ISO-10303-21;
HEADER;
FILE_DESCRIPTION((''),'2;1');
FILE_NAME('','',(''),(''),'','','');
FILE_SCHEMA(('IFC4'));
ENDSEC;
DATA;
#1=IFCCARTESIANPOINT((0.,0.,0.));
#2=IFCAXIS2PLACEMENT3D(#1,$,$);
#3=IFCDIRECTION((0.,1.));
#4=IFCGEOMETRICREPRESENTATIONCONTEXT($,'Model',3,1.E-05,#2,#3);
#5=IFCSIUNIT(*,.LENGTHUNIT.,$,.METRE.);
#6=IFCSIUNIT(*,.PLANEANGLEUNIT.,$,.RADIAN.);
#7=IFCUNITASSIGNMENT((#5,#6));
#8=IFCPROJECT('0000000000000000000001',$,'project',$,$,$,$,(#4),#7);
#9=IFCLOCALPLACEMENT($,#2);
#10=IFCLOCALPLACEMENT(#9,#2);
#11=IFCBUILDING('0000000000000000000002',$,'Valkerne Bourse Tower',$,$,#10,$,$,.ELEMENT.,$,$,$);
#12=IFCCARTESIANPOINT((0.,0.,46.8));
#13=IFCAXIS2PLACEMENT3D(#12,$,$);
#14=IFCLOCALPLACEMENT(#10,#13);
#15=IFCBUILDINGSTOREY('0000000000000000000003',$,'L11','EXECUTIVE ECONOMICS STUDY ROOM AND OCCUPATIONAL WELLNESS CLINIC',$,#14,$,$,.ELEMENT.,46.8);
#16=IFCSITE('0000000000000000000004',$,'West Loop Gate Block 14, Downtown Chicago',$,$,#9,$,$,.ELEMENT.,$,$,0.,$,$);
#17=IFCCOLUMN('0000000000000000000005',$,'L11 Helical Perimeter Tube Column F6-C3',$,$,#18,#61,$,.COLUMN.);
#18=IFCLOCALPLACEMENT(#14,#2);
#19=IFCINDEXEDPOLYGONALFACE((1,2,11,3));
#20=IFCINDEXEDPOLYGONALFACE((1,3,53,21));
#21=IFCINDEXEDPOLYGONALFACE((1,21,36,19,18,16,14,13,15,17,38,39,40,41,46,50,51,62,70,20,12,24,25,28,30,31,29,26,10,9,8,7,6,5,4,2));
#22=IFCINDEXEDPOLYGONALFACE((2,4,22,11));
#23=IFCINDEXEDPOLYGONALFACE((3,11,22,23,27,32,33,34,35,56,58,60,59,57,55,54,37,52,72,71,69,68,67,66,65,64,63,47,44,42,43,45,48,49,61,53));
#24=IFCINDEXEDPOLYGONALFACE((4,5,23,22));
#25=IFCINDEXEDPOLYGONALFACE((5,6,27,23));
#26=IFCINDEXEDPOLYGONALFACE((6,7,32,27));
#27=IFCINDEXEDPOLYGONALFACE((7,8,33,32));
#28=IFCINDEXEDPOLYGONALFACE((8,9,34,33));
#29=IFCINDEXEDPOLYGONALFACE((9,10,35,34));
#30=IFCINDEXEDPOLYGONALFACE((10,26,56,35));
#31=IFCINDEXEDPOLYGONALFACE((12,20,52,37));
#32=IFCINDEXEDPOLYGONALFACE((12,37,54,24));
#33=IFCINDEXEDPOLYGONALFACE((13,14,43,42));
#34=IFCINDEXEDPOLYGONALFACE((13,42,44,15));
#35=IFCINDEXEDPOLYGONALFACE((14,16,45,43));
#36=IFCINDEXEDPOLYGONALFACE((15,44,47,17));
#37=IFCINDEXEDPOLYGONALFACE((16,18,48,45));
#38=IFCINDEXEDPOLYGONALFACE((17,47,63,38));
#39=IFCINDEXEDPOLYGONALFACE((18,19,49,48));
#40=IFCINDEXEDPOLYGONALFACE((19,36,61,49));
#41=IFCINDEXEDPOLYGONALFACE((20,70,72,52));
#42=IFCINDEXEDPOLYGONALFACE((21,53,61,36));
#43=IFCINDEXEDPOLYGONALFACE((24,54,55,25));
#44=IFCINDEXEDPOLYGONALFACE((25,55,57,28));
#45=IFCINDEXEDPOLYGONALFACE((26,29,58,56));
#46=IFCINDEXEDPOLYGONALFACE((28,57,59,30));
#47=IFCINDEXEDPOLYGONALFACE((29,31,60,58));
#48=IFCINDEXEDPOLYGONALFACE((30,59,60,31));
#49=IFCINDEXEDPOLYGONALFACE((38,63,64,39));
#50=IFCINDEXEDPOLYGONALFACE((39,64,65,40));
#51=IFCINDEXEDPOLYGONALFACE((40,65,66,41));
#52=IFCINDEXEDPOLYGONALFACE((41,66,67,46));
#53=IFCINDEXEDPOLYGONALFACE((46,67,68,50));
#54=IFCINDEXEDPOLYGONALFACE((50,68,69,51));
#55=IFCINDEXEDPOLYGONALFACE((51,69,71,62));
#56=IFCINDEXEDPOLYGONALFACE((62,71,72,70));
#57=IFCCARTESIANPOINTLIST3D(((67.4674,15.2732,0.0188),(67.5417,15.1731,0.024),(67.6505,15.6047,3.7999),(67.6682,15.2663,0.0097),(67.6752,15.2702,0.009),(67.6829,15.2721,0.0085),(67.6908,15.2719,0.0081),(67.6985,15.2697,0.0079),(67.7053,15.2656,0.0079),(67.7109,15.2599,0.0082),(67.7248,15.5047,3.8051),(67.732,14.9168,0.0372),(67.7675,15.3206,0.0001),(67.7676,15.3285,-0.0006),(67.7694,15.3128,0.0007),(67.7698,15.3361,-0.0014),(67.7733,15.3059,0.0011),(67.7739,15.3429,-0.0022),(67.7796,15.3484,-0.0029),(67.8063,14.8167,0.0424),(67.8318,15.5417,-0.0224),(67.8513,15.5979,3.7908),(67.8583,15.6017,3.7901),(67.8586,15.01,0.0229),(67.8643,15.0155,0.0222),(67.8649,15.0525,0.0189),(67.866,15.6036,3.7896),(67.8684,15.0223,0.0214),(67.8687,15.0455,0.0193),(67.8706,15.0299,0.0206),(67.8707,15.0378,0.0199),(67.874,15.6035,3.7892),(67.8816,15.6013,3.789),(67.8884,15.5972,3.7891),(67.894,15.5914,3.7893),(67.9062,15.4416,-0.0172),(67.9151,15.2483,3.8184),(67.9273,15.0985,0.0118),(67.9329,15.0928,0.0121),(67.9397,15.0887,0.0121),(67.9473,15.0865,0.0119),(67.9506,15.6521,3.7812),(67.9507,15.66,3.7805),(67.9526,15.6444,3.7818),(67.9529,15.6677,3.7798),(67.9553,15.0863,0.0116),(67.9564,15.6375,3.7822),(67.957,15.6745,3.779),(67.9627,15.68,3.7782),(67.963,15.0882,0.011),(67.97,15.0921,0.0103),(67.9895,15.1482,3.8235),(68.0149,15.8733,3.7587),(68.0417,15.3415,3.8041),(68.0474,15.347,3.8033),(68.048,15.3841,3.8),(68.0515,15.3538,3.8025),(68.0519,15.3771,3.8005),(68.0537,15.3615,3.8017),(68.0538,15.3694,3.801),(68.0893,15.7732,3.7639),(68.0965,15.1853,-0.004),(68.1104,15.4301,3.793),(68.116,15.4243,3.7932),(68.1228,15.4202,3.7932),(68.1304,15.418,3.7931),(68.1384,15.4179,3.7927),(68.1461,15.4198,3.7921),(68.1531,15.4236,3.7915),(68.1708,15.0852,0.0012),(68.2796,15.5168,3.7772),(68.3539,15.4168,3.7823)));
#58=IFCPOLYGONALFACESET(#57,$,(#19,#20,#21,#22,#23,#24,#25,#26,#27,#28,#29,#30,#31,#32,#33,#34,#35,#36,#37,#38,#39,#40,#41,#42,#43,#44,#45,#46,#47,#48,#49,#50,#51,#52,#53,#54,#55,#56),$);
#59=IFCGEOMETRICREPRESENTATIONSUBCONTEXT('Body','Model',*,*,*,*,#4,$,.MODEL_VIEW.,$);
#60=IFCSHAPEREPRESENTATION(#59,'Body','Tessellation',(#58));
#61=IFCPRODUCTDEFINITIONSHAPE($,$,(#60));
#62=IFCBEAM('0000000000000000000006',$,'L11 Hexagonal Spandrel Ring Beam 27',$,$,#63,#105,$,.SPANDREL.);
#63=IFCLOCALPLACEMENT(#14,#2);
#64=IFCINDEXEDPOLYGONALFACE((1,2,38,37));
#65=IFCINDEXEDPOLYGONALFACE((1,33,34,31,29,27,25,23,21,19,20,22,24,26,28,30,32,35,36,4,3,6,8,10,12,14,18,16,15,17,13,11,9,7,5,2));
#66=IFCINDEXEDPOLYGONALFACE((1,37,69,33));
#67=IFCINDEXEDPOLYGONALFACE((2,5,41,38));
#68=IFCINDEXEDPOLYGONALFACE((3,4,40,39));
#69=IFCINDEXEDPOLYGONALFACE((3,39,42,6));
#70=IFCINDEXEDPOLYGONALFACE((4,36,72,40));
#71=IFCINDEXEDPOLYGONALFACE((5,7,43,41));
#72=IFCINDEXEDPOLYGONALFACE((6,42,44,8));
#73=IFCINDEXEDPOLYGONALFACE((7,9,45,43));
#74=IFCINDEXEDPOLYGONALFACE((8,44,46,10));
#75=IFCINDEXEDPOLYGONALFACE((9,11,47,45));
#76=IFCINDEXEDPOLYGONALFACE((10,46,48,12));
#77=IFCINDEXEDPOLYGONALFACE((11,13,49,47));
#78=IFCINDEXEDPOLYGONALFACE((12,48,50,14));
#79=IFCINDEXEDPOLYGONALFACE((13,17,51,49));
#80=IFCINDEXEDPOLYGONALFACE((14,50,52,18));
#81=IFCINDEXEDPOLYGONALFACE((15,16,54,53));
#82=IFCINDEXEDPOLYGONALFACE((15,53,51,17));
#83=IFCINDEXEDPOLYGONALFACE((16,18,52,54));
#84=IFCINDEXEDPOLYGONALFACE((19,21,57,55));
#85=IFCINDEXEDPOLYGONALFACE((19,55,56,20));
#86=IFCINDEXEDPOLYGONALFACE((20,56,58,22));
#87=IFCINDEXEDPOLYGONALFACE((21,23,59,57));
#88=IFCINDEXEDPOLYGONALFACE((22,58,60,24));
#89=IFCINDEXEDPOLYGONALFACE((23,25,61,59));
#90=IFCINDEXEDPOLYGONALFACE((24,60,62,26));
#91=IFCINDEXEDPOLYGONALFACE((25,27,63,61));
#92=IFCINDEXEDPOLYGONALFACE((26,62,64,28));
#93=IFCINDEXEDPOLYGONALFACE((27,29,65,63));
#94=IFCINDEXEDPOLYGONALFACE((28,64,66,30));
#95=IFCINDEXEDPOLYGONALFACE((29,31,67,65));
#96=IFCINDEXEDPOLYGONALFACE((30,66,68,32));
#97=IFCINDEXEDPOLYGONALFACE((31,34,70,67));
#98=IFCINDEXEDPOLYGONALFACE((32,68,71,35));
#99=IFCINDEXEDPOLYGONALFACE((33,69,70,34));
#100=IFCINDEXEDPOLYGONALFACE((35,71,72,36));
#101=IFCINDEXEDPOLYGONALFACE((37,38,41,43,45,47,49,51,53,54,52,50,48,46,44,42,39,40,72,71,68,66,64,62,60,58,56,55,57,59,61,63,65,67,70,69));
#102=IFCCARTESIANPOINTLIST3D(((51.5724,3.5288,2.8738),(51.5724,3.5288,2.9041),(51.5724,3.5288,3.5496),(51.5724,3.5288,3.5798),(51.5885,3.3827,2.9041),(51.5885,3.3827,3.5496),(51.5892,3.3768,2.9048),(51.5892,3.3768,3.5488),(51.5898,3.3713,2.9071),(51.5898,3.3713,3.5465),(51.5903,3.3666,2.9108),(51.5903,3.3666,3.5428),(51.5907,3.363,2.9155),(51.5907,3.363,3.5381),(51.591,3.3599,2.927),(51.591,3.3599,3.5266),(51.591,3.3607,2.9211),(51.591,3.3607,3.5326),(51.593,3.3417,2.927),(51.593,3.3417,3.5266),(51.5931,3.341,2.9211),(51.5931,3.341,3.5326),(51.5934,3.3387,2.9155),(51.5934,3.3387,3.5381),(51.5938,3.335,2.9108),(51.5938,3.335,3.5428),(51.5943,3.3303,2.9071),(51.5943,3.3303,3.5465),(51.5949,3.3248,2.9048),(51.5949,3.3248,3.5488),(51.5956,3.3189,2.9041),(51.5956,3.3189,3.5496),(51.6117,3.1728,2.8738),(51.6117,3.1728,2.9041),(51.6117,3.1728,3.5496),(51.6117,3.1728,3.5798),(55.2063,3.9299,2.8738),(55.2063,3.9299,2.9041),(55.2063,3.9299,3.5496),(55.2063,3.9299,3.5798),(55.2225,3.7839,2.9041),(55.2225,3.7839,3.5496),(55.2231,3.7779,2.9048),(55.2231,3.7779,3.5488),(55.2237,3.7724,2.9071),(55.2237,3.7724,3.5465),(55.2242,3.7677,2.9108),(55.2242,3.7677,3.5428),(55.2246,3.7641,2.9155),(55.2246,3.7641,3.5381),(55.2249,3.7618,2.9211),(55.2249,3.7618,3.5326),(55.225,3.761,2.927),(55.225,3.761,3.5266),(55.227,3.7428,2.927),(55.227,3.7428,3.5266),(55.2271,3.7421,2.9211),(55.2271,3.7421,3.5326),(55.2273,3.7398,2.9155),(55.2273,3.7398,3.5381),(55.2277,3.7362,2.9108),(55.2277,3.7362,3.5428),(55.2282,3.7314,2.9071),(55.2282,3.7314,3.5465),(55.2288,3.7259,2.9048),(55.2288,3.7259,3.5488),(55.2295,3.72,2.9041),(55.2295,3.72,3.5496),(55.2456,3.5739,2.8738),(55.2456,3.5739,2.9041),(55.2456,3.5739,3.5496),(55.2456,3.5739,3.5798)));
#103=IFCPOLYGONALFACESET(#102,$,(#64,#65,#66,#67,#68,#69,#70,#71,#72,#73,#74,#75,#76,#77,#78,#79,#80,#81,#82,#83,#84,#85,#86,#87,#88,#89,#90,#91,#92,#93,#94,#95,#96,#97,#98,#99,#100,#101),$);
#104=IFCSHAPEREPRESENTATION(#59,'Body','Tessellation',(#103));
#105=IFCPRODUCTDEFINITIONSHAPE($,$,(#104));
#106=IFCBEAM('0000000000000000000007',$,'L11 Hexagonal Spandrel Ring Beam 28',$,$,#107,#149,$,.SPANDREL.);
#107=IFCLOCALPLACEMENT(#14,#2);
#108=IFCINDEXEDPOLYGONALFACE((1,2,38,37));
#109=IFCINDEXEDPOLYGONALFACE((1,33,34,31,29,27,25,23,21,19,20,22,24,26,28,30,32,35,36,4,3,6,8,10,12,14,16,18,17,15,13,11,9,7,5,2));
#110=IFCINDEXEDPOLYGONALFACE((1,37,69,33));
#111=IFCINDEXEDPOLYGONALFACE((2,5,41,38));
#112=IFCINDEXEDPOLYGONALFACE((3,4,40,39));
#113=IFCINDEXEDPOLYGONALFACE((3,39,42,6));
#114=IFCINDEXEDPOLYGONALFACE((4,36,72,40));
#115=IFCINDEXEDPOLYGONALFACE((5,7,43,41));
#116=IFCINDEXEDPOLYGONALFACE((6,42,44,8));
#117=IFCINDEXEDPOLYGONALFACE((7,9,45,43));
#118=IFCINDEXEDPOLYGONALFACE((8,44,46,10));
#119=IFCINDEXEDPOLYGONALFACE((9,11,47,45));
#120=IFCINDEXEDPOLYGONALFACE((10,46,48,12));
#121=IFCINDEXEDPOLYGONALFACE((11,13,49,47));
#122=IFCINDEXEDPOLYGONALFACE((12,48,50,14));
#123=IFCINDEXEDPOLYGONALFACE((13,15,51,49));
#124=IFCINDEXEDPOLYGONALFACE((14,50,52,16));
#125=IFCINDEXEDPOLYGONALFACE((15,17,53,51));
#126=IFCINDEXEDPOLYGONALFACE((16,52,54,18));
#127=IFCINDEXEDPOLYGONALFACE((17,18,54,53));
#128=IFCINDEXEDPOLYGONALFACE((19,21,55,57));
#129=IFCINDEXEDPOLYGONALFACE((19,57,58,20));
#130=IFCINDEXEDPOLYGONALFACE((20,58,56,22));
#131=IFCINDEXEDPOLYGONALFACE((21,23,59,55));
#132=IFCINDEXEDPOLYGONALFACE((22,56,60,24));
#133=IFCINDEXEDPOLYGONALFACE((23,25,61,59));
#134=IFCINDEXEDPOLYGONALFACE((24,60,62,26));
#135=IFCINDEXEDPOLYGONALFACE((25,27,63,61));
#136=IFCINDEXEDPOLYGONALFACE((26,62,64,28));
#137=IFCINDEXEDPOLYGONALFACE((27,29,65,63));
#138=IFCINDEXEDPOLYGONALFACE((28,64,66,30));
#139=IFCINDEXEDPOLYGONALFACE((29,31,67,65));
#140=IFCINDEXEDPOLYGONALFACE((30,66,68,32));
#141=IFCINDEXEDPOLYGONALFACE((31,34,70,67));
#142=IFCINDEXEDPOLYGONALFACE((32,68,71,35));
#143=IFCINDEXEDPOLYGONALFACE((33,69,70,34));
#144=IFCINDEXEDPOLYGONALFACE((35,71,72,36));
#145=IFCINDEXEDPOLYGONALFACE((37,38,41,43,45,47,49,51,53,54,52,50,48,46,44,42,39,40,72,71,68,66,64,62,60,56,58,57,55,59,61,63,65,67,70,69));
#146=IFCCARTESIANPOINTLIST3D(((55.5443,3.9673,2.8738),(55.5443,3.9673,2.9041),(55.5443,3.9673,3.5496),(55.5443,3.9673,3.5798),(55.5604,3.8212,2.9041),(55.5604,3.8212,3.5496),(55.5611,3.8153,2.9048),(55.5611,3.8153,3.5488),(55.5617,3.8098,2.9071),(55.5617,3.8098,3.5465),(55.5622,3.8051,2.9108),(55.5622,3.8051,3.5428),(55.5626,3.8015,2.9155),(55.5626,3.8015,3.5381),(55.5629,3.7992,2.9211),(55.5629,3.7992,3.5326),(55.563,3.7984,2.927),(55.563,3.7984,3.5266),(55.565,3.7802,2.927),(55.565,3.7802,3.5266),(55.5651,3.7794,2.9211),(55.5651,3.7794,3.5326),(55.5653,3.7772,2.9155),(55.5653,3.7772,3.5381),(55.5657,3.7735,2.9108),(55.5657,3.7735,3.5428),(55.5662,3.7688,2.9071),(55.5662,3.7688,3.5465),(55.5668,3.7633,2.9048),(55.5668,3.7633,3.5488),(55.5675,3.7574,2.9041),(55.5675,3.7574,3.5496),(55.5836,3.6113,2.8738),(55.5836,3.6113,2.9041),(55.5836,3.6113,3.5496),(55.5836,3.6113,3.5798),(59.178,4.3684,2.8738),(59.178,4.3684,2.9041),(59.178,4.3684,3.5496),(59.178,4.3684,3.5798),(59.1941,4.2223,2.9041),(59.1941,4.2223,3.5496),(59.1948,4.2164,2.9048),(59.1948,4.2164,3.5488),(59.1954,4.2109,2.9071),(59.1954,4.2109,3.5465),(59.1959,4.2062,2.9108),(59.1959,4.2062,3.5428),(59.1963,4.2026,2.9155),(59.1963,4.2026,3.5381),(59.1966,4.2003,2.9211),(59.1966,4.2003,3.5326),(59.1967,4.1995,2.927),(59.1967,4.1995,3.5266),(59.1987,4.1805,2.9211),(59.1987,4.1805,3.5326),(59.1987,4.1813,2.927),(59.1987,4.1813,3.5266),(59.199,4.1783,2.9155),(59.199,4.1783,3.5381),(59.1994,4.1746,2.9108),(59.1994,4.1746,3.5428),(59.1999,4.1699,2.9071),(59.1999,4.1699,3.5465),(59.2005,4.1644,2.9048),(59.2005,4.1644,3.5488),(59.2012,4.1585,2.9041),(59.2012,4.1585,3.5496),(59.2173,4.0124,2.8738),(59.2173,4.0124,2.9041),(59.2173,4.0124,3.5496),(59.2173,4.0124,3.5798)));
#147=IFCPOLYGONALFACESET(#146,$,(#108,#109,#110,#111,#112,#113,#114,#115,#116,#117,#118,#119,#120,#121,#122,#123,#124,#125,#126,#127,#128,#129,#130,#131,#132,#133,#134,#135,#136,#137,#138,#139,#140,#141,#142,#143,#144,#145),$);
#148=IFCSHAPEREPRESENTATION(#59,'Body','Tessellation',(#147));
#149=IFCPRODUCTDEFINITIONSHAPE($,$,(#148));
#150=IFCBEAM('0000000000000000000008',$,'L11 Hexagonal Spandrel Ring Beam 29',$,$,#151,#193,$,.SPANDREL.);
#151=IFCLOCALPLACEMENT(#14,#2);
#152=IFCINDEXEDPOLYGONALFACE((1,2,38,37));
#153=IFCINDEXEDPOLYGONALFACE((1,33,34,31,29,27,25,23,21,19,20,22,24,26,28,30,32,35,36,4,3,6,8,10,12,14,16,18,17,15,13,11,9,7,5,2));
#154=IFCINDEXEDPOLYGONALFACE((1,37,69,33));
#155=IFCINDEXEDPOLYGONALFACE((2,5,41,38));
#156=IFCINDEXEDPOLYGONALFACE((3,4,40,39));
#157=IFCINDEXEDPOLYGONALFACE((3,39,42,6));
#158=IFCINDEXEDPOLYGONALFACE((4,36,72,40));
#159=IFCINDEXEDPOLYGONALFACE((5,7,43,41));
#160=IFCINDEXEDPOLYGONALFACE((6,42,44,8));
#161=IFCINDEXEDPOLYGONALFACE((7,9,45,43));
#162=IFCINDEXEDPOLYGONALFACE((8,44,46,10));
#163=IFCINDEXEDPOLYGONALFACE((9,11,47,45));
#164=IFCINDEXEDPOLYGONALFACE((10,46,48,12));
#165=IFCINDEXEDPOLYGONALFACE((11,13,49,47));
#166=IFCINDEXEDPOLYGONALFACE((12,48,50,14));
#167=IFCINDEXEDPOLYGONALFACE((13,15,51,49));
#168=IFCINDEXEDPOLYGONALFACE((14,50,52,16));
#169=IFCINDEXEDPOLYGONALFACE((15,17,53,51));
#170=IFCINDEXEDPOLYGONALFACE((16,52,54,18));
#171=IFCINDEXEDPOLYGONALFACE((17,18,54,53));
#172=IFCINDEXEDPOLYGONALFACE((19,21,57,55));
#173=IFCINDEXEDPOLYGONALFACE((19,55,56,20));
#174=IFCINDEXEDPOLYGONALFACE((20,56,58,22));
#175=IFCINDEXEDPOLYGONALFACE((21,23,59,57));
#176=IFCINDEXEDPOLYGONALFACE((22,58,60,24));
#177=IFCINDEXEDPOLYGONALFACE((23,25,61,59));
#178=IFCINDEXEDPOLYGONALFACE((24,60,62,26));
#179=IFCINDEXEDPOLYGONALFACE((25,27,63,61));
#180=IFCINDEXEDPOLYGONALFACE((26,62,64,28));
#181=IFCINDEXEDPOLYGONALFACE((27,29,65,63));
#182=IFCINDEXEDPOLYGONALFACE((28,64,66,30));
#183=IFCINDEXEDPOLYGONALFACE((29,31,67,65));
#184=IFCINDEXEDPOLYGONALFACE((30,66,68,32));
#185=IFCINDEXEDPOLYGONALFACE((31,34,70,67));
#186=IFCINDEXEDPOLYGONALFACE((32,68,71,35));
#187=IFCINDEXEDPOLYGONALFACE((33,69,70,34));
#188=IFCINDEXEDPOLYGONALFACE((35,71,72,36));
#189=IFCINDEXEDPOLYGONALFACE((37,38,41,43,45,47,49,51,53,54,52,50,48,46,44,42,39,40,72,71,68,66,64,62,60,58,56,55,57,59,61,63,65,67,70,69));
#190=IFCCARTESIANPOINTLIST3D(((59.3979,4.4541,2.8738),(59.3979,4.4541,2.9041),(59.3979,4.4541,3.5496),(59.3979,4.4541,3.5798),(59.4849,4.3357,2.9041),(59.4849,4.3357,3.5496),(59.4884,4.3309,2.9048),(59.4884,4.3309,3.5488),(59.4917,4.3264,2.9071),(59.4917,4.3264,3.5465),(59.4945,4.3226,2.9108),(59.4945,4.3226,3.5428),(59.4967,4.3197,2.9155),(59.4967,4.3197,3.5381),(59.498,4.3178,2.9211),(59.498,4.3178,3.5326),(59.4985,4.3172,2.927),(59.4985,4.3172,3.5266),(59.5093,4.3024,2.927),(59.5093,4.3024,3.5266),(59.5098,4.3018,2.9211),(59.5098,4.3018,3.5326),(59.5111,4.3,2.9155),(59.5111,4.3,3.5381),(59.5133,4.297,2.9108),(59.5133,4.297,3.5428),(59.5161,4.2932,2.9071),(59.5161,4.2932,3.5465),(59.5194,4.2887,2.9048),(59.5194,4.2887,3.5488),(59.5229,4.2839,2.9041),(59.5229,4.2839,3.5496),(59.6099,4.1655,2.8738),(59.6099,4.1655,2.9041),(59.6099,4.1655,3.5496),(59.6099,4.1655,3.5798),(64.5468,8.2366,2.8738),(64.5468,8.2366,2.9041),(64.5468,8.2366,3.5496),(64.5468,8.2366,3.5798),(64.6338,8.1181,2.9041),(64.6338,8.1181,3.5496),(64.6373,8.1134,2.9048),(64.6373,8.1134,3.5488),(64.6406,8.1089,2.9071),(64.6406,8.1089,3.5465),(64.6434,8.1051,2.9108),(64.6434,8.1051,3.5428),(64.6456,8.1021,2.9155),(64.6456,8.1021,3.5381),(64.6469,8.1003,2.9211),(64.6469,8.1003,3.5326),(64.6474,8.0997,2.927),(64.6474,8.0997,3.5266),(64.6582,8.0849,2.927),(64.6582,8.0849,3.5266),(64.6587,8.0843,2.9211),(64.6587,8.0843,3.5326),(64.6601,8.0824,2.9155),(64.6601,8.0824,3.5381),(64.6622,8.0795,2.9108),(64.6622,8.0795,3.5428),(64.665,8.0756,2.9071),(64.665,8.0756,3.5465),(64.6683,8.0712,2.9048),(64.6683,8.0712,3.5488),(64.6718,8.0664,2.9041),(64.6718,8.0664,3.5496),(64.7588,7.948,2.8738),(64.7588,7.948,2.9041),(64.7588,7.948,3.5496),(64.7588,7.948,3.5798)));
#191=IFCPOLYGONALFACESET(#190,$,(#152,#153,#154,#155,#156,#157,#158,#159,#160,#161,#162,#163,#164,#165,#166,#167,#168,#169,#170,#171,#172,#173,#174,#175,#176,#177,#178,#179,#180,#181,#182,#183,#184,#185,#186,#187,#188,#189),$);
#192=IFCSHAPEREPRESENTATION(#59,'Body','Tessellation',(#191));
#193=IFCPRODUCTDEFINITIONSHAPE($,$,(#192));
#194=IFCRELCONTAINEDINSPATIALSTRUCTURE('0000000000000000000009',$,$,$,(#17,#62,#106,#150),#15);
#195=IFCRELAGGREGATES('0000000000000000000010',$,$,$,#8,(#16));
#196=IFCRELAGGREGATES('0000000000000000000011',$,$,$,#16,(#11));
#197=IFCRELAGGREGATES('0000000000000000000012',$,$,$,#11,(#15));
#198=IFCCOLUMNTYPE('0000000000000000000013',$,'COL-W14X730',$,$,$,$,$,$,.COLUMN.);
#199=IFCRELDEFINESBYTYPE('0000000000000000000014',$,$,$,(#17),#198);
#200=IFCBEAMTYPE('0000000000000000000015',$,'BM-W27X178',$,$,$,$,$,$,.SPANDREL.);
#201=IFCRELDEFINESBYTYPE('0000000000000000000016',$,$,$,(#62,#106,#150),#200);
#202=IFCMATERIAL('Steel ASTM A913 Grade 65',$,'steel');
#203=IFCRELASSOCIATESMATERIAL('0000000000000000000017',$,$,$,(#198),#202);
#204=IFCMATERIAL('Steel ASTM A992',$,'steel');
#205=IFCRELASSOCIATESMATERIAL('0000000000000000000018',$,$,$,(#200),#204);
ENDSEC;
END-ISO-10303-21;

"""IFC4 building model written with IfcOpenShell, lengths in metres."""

from ifc_helpers import new_model, si_unit, direction, frame, origin, origin_2d, place, context, subcontext, project, spatial, i_section, extrude, material, material_profile, profile_set, type_object, element, save


model = new_model("IFC4")

# Units and contexts
model_context = context("Model", 3, precision=1e-05, world=origin(), true_north=direction((0.0, 1.0)))
body_context = subcontext(model_context, "Body", "Model", "MODEL_VIEW")
ifc_project = project(units=[si_unit("LENGTHUNIT", "METRE"), si_unit("PLANEANGLEUNIT", "RADIAN")], contexts=[model_context])

# Site, building, storey
site_placement = place(None, origin())
site = spatial("IfcSite", under=ifc_project, at=site_placement, Name="West Loop Gate Block 14, Downtown Chicago", CompositionType="ELEMENT", RefElevation=0.0)
building_placement = place(site_placement, origin())
building = spatial("IfcBuilding", under=site, at=building_placement, Name="Valkerne Bourse Tower", CompositionType="ELEMENT")
storey_placement = place(building_placement, frame((0.0, 0.0, 46.8)))
storey = spatial("IfcBuildingStorey", under=building, at=storey_placement, Name="L11", Description="EXECUTIVE ECONOMICS STUDY ROOM AND OCCUPATIONAL WELLNESS CLINIC", CompositionType="ELEMENT", Elevation=46.8)

# Column
ifc_material_1 = material(Name="Steel ASTM A913 Grade 65", Category="steel")
ifc_material_profile_1 = material_profile(ifc_material_1, i_section(OverallWidth=0.4546, OverallDepth=0.5691, WebThickness=0.0779, FlangeThickness=0.1248, FilletRadius=0.0305, at=origin_2d()), Name="W14X730")
ifc_profile_set_1 = profile_set([ifc_material_profile_1], Name="Steel ASTM A913 Grade 65")
column_type = type_object("IfcColumnType", Name="COL-W14X730", PredefinedType="COLUMN", material=ifc_profile_set_1)
column_1_placement = place(storey_placement, frame((67.8191, 15.1792, 0.01), z_axis=(0.048187, 0.08725, 0.99502), x_axis=(-0.801783, -0.590703, 0.090625)))
element("IfcColumn", 1, at=column_1_placement, inside=storey, type_object=column_type, Name="L11 Helical Perimeter Tube Column F6-C3", PredefinedType="COLUMN", context=body_context, shape_type="SweptSolid", body=[
    extrude(i_section(OverallWidth=0.4546, OverallDepth=0.5691, WebThickness=0.0779, FlangeThickness=0.1248, FilletRadius=0.0305, at=origin_2d()), origin(), (0.0, 0.0, 1.0), 3.8),
])

# Beams
ifc_material_2 = material(Name="Steel ASTM A992", Category="steel")
ifc_material_profile_2 = material_profile(ifc_material_2, i_section(OverallWidth=0.3582, OverallDepth=0.7061, WebThickness=0.0183, FlangeThickness=0.0303, FilletRadius=0.0229, at=origin_2d()), Name="W27X178")
ifc_profile_set_2 = profile_set([ifc_material_profile_2], Name="Steel ASTM A992")
beam_type = type_object("IfcBeamType", Name="BM-W27X178", PredefinedType="SPANDREL", material=ifc_profile_set_2)
beam_1_placement = place(storey_placement, frame((51.592, 3.3508, 3.2268), z_axis=(0.993963, 0.109713, 0.0), x_axis=(-0.109713, 0.993963, 0.0)))
element("IfcBeam", 2, at=beam_1_placement, inside=storey, type_object=beam_type, Name="L11 Hexagonal Spandrel Ring Beam 27", PredefinedType="SPANDREL", context=body_context, shape_type="SweptSolid", body=[
    extrude(i_section(OverallWidth=0.3582, OverallDepth=0.7061, WebThickness=0.0183, FlangeThickness=0.0303, FilletRadius=0.0229, at=origin_2d()), origin(), (0.0, 0.0, 1.0), 3.656),
])
beam_2_placement = place(storey_placement, frame((55.564, 3.7893, 3.2268), z_axis=(0.993962, 0.109721, 0.0), x_axis=(-0.109721, 0.993962, 0.0)))
element("IfcBeam", 3, at=beam_2_placement, inside=storey, type_object=beam_type, Name="L11 Hexagonal Spandrel Ring Beam 28", PredefinedType="SPANDREL", context=body_context, shape_type="SweptSolid", body=[
    extrude(i_section(OverallWidth=0.3582, OverallDepth=0.7061, WebThickness=0.0183, FlangeThickness=0.0303, FilletRadius=0.0229, at=origin_2d()), origin(), (0.0, 0.0, 1.0), 3.6558),
])
beam_3_placement = place(storey_placement, frame((59.5039, 4.3098, 3.2268), z_axis=(0.805913, 0.592034, 0.0), x_axis=(-0.592034, 0.805913, 0.0)))
element("IfcBeam", 4, at=beam_3_placement, inside=storey, type_object=beam_type, Name="L11 Hexagonal Spandrel Ring Beam 29", PredefinedType="SPANDREL", context=body_context, shape_type="SweptSolid", body=[
    extrude(i_section(OverallWidth=0.3582, OverallDepth=0.7061, WebThickness=0.0183, FlangeThickness=0.0303, FilletRadius=0.0229, at=origin_2d()), origin(), (0.0, 0.0, 1.0), 6.3889),
])

save(model, "model.ifc")
